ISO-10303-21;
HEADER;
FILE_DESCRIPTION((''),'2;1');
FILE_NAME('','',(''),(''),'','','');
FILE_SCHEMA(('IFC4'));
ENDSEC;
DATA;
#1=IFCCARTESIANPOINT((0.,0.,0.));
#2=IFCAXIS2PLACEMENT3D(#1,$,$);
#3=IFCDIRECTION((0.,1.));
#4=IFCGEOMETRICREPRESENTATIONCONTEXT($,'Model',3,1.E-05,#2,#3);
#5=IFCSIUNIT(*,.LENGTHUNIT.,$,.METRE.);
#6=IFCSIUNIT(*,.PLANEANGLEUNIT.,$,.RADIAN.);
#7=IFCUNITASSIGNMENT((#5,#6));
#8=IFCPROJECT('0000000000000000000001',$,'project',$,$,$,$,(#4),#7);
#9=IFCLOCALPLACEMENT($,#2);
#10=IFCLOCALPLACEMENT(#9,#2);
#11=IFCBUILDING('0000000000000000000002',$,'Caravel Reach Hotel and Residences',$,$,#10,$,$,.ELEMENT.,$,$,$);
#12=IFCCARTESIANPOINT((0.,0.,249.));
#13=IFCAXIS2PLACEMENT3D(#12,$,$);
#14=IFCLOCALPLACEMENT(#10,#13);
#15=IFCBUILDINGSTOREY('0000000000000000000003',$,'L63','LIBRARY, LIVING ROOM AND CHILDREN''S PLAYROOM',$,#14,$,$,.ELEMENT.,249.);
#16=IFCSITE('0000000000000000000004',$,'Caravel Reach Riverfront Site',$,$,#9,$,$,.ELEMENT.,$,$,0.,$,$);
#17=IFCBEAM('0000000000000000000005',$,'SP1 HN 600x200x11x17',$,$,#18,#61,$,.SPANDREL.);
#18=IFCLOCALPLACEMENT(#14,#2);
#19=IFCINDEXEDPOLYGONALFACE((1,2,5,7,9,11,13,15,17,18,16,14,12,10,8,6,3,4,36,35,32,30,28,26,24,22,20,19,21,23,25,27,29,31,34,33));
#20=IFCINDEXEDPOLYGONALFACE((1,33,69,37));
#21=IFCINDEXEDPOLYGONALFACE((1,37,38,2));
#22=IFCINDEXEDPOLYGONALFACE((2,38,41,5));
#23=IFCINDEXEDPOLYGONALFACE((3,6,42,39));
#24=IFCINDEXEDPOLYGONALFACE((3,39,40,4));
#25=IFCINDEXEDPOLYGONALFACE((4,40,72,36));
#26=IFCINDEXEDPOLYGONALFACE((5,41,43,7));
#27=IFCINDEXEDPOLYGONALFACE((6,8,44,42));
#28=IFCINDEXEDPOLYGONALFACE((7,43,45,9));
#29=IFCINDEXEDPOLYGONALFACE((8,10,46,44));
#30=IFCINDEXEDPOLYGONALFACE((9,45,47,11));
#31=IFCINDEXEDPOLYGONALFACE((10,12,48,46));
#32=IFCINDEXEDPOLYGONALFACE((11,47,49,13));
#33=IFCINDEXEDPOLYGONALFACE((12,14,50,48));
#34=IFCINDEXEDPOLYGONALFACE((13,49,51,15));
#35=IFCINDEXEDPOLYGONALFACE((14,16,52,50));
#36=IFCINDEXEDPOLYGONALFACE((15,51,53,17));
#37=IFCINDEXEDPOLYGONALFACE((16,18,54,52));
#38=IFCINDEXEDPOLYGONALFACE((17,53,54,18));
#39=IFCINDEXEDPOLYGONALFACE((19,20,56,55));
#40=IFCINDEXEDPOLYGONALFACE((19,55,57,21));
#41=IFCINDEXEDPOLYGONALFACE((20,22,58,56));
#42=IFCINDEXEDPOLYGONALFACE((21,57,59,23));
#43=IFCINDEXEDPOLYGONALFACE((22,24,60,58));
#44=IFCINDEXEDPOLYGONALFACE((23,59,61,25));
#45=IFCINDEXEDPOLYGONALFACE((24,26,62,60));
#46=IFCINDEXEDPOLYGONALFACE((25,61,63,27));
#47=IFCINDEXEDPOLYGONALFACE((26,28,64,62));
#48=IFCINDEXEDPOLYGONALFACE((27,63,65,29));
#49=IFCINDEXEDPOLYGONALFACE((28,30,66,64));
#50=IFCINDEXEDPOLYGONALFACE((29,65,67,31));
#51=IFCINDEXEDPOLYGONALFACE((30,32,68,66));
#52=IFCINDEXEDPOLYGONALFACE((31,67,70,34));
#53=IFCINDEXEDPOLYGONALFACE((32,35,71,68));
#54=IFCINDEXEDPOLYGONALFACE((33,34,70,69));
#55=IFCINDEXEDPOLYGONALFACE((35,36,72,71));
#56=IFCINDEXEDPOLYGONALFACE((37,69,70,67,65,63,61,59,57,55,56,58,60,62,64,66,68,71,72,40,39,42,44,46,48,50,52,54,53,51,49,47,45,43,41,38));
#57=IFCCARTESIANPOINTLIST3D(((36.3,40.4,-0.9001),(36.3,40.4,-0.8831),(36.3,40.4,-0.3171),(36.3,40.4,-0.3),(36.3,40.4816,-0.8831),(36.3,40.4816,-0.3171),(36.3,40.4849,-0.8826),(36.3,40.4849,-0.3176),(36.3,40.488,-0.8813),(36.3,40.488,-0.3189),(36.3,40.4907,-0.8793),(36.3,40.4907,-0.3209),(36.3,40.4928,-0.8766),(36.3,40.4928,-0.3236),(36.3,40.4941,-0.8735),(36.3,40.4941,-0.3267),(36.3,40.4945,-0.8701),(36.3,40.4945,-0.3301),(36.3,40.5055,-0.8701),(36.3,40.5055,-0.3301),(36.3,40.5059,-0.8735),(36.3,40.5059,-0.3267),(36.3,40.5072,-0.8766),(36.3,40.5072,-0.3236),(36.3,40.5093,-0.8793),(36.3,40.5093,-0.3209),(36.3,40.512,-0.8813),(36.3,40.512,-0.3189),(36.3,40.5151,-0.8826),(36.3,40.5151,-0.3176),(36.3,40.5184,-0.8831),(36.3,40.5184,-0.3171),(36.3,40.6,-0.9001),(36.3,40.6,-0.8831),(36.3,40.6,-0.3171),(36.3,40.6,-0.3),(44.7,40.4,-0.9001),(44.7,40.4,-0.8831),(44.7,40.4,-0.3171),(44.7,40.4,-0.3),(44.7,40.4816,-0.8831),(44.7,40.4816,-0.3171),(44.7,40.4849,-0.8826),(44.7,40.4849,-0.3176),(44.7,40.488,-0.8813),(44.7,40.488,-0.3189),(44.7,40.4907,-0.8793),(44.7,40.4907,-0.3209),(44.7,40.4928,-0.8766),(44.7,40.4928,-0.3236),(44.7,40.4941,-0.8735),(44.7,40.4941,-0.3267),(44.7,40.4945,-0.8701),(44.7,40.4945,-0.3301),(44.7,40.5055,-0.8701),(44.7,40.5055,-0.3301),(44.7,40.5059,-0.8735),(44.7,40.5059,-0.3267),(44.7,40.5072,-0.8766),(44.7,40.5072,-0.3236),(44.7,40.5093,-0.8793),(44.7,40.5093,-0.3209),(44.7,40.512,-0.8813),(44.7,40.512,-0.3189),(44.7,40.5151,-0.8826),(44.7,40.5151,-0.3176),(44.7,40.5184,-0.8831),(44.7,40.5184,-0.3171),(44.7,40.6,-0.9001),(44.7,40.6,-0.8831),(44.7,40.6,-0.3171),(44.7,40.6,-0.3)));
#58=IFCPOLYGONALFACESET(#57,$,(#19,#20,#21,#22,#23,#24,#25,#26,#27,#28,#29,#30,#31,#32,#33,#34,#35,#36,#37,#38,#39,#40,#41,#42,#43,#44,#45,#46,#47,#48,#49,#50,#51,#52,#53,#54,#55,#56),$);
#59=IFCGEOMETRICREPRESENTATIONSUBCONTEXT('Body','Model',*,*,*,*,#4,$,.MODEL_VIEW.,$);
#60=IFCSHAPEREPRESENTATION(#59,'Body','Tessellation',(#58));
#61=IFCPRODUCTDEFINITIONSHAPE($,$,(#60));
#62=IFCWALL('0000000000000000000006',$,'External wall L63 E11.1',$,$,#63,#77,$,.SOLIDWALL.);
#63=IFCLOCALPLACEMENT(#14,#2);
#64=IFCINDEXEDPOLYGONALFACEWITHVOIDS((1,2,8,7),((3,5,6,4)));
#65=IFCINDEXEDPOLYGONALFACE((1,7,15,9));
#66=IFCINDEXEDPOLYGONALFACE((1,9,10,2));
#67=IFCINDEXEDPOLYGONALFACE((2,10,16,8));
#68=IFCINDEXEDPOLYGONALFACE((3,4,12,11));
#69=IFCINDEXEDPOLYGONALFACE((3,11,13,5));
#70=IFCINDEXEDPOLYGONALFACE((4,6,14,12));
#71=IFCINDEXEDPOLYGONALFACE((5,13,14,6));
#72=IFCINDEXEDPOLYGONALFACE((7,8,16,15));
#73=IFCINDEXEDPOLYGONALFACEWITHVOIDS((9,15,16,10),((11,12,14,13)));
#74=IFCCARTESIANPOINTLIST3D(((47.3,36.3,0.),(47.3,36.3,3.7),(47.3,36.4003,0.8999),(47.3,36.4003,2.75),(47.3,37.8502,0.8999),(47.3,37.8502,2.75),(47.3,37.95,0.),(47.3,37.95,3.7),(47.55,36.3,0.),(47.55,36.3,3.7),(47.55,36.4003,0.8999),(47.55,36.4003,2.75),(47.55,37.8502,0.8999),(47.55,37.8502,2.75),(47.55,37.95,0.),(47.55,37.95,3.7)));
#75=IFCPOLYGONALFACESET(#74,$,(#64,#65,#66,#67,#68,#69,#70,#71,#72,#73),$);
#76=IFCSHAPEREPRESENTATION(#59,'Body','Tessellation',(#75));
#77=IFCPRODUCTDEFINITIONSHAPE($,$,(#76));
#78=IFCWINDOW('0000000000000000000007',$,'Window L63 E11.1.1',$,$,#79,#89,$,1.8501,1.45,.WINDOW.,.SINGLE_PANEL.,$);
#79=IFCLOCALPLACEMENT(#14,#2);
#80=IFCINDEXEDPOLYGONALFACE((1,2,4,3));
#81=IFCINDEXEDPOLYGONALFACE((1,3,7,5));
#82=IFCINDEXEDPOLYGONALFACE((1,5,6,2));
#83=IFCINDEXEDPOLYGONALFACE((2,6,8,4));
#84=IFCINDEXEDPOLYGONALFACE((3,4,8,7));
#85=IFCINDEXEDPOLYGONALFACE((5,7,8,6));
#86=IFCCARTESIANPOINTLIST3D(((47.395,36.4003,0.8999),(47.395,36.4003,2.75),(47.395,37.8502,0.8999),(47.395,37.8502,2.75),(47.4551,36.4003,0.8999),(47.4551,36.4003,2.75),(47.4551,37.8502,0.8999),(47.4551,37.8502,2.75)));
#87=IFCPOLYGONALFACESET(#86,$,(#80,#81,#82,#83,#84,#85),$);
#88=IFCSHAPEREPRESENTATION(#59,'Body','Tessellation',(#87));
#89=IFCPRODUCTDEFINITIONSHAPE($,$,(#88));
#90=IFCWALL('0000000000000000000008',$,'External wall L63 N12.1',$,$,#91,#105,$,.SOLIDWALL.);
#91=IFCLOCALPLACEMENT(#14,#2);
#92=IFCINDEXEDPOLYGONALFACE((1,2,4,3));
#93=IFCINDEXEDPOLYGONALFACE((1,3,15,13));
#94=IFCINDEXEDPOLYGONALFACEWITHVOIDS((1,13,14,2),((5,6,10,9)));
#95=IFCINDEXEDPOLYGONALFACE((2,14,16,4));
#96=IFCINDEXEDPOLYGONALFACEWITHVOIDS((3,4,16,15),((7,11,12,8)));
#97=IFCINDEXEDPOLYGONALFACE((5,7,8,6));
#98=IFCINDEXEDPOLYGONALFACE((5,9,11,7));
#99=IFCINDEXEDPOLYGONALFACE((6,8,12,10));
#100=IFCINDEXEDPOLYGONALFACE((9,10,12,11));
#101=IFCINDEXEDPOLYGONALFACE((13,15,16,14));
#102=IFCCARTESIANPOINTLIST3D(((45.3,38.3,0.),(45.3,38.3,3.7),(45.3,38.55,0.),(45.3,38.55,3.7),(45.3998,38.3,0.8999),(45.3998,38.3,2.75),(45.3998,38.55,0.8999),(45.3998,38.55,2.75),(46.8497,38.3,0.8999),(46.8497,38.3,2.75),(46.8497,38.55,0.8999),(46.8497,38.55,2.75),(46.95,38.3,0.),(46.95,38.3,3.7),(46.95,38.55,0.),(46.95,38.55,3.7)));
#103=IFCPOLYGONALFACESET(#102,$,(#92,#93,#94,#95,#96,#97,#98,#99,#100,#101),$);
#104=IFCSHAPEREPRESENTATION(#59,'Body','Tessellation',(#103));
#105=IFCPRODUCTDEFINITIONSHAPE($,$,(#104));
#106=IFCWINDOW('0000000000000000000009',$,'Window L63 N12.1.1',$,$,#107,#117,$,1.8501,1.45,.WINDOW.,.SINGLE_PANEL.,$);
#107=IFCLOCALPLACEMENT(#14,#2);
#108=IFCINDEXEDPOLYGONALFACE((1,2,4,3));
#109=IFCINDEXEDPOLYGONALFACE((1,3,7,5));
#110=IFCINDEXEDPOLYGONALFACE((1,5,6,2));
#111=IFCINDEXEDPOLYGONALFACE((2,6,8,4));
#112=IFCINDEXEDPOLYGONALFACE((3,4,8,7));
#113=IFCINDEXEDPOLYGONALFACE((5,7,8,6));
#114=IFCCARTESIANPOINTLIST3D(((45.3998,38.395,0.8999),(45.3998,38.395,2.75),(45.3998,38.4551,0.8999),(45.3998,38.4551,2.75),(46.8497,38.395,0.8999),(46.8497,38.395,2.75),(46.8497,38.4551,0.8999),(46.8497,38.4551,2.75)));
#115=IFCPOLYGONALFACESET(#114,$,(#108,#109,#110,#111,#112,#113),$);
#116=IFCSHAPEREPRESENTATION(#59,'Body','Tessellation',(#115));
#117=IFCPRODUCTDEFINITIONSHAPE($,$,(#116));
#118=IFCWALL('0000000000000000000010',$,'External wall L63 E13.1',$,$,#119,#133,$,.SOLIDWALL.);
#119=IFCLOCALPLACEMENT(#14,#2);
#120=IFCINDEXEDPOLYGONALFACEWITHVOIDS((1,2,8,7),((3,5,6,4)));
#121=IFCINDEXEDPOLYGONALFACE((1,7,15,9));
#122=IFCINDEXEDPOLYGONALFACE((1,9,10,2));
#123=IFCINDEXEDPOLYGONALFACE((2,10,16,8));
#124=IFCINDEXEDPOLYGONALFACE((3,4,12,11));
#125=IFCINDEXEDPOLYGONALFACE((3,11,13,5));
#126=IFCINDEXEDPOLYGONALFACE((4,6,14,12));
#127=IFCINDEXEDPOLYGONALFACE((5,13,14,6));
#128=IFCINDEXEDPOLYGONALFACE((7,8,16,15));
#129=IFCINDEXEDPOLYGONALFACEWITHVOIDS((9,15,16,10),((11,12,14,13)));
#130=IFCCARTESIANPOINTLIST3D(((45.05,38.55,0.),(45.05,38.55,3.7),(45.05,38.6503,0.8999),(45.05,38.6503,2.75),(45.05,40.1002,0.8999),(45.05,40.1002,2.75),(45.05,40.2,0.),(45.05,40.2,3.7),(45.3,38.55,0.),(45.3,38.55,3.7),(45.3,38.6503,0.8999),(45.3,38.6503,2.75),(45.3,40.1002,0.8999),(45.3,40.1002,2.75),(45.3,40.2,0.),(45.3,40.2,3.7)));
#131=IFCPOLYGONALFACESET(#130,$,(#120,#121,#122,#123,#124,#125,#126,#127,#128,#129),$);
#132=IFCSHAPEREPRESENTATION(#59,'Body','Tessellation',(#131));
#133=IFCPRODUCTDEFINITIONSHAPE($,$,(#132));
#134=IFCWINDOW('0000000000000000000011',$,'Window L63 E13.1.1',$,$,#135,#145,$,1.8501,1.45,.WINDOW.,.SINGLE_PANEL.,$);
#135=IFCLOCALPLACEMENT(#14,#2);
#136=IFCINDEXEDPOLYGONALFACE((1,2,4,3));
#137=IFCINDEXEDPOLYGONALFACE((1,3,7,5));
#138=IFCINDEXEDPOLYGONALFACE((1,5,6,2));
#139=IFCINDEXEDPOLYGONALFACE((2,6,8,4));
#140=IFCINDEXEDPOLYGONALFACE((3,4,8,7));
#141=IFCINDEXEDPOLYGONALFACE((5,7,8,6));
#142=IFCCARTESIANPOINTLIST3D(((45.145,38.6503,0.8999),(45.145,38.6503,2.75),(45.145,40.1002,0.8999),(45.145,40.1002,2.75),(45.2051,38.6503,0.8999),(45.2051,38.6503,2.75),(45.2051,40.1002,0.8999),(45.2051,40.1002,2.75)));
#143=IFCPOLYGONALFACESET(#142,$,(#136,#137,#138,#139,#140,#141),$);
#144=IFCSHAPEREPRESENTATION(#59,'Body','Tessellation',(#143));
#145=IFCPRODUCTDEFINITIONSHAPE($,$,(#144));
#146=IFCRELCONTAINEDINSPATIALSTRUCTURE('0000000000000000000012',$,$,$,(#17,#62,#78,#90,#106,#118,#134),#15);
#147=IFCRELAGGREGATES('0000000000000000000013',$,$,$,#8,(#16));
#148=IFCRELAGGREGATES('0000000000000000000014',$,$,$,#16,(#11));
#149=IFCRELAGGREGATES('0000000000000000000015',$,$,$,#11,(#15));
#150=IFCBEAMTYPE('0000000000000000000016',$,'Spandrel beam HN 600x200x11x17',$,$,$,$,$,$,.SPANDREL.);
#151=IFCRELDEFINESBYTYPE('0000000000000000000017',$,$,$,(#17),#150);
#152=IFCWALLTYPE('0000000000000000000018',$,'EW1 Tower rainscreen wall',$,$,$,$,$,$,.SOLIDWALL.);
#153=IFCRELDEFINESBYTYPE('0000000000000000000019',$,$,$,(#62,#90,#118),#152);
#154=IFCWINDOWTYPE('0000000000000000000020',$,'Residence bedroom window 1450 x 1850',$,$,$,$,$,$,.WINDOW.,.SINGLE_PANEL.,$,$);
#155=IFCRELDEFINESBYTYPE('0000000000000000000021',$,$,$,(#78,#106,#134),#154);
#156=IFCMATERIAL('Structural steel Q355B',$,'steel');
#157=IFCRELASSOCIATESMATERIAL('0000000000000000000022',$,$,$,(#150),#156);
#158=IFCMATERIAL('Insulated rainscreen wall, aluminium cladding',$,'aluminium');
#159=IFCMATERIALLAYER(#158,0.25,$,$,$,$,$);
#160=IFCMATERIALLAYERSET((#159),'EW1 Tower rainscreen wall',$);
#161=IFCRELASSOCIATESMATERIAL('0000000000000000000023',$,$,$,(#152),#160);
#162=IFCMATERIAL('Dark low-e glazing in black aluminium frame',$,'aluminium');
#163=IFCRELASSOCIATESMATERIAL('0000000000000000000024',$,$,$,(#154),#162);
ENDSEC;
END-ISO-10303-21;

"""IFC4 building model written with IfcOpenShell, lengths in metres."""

from ifc_helpers import new_model, si_unit, direction, frame, frame_2d, origin, origin_2d, place, context, subcontext, project, spatial, rectangle, i_section, extrude, material, layer, layer_set, material_profile, profile_set, type_object, element, fill, save


model = new_model("IFC4")

# Units and contexts
model_context = context("Model", 3, precision=1e-05, world=origin(), true_north=direction((0.0, 1.0)))
body_context = subcontext(model_context, "Body", "Model", "MODEL_VIEW")
ifc_project = project(units=[si_unit("LENGTHUNIT", "METRE"), si_unit("PLANEANGLEUNIT", "RADIAN")], contexts=[model_context])

# Site, building, storey
site_placement = place(None, origin())
site = spatial("IfcSite", under=ifc_project, at=site_placement, Name="Caravel Reach Riverfront Site", CompositionType="ELEMENT", RefElevation=0.0)
building_placement = place(site_placement, origin())
building = spatial("IfcBuilding", under=site, at=building_placement, Name="Caravel Reach Hotel and Residences", CompositionType="ELEMENT")
storey_placement = place(building_placement, frame((0.0, 0.0, 249.0)))
storey = spatial("IfcBuildingStorey", under=building, at=storey_placement, Name="L63", Description="LIBRARY, LIVING ROOM AND CHILDREN'S PLAYROOM", CompositionType="ELEMENT", Elevation=249.0)

# Beam
ifc_material_1 = material(Name="Structural steel Q355B", Category="steel")
ifc_material_profile_1 = material_profile(ifc_material_1, i_section(OverallWidth=0.2, OverallDepth=0.6001, WebThickness=0.011, FlangeThickness=0.0171, FilletRadius=0.0129, at=origin_2d()), Name="HN 600x200x11x17")
ifc_profile_set_1 = profile_set([ifc_material_profile_1], Name="Structural steel Q355B")
beam_type = type_object("IfcBeamType", Name="Spandrel beam HN 600x200x11x17", PredefinedType="SPANDREL", material=ifc_profile_set_1)
beam_placement = place(storey_placement, frame((44.7, 40.5, -0.6001), z_axis=(-1.0, 0.0, 0.0), x_axis=(0.0, -1.0, 0.0)))
element("IfcBeam", 1, at=beam_placement, inside=storey, type_object=beam_type, Name="SP1 HN 600x200x11x17", PredefinedType="SPANDREL", context=body_context, shape_type="SweptSolid", body=[
    extrude(i_section(OverallWidth=0.2, OverallDepth=0.6001, WebThickness=0.011, FlangeThickness=0.0171, FilletRadius=0.0129, at=origin_2d()), origin(), (0.0, 0.0, 1.0), 8.3999),
])

# Walls, openings, windows
ifc_material_2 = material(Name="Insulated rainscreen wall, aluminium cladding", Category="aluminium")
ifc_layer = layer(ifc_material_2, 0.25)
ifc_layer_set = layer_set([ifc_layer], Name="EW1 Tower rainscreen wall")
wall_type = type_object("IfcWallType", Name="EW1 Tower rainscreen wall", PredefinedType="SOLIDWALL", material=ifc_layer_set)
wall_1_placement = place(storey_placement, frame((47.425, 36.3, 0.0), z_axis=(0.0, 0.0, 1.0), x_axis=(0.0, 1.0, 0.0)))
wall_1 = element("IfcWall", 2, at=wall_1_placement, inside=storey, type_object=wall_type, Name="External wall L63 E11.1", PredefinedType="SOLIDWALL", context=body_context, shape_type="SweptSolid", body=[
    extrude(rectangle(XDim=1.6499, YDim=0.25, at=frame_2d((0.825, 0.0))), origin(), (0.0, 0.0, 1.0), 3.7),
])
opening_1_placement = place(wall_1_placement, frame((0.1001, 0.0, 0.8999)))
opening_1 = element("IfcOpeningElement", 3, at=opening_1_placement, cuts=wall_1, PredefinedType="OPENING", context=body_context, shape_type="SweptSolid", body=[
    extrude(rectangle(XDim=1.45, YDim=1.8501, at=frame_2d((0.7251, 0.925))), frame((0.0, 0.135, 0.0), z_axis=(0.0, -1.0, 0.0), x_axis=(1.0, 0.0, 0.0)), (0.0, 0.0, 1.0), 0.27),
])
ifc_material_3 = material(Name="Dark low-e glazing in black aluminium frame", Category="aluminium")
window_type_1 = type_object("IfcWindowType", Name="Residence bedroom window 1450 x 1850", PartitioningType="SINGLE_PANEL", PredefinedType="WINDOW", material=ifc_material_3)
window_1_placement = place(opening_1_placement, origin())
window_1 = element("IfcWindow", 4, at=window_1_placement, inside=storey, type_object=window_type_1, Name="Window L63 E11.1.1", OverallHeight=1.8501, OverallWidth=1.45, PartitioningType="SINGLE_PANEL", PredefinedType="WINDOW", context=body_context, shape_type="SweptSolid", body=[
    extrude(rectangle(XDim=1.45, YDim=1.8501, at=frame_2d((0.7251, 0.925))), frame((0.0, 0.03, 0.0), z_axis=(0.0, -1.0, 0.0), x_axis=(1.0, 0.0, 0.0)), (0.0, 0.0, 1.0), 0.0601),
])
fill(opening_1, window_1)
wall_2_placement = place(storey_placement, frame((46.95, 38.425, 0.0), z_axis=(0.0, 0.0, 1.0), x_axis=(-1.0, 0.0, 0.0)))
wall_2 = element("IfcWall", 5, at=wall_2_placement, inside=storey, type_object=wall_type, Name="External wall L63 N12.1", PredefinedType="SOLIDWALL", context=body_context, shape_type="SweptSolid", body=[
    extrude(rectangle(XDim=1.6499, YDim=0.25, at=frame_2d((0.825, 0.0))), origin(), (0.0, 0.0, 1.0), 3.7),
])
opening_2_placement = place(wall_2_placement, frame((0.1001, 0.0, 0.8999)))
opening_2 = element("IfcOpeningElement", 6, at=opening_2_placement, cuts=wall_2, PredefinedType="OPENING", context=body_context, shape_type="SweptSolid", body=[
    extrude(rectangle(XDim=1.45, YDim=1.8501, at=frame_2d((0.7251, 0.925))), frame((0.0, 0.135, 0.0), z_axis=(0.0, -1.0, 0.0), x_axis=(1.0, 0.0, 0.0)), (0.0, 0.0, 1.0), 0.27),
])
window_2_placement = place(opening_2_placement, origin())
window_2 = element("IfcWindow", 7, at=window_2_placement, inside=storey, type_object=window_type_1, Name="Window L63 N12.1.1", OverallHeight=1.8501, OverallWidth=1.45, PartitioningType="SINGLE_PANEL", PredefinedType="WINDOW", context=body_context, shape_type="SweptSolid", body=[
    extrude(rectangle(XDim=1.45, YDim=1.8501, at=frame_2d((0.7251, 0.925))), frame((0.0, 0.03, 0.0), z_axis=(0.0, -1.0, 0.0), x_axis=(1.0, 0.0, 0.0)), (0.0, 0.0, 1.0), 0.0601),
])
fill(opening_2, window_2)
wall_3_placement = place(storey_placement, frame((45.175, 38.55, 0.0), z_axis=(0.0, 0.0, 1.0), x_axis=(0.0, 1.0, 0.0)))
wall_3 = element("IfcWall", 8, at=wall_3_placement, inside=storey, type_object=wall_type, Name="External wall L63 E13.1", PredefinedType="SOLIDWALL", context=body_context, shape_type="SweptSolid", body=[
    extrude(rectangle(XDim=1.6499, YDim=0.25, at=frame_2d((0.825, 0.0))), origin(), (0.0, 0.0, 1.0), 3.7),
])
opening_3_placement = place(wall_3_placement, frame((0.1001, 0.0, 0.8999)))
opening_3 = element("IfcOpeningElement", 9, at=opening_3_placement, cuts=wall_3, PredefinedType="OPENING", context=body_context, shape_type="SweptSolid", body=[
    extrude(rectangle(XDim=1.45, YDim=1.8501, at=frame_2d((0.7251, 0.925))), frame((0.0, 0.135, 0.0), z_axis=(0.0, -1.0, 0.0), x_axis=(1.0, 0.0, 0.0)), (0.0, 0.0, 1.0), 0.27),
])
window_3_placement = place(opening_3_placement, origin())
window_3 = element("IfcWindow", 10, at=window_3_placement, inside=storey, type_object=window_type_1, Name="Window L63 E13.1.1", OverallHeight=1.8501, OverallWidth=1.45, PartitioningType="SINGLE_PANEL", PredefinedType="WINDOW", context=body_context, shape_type="SweptSolid", body=[
    extrude(rectangle(XDim=1.45, YDim=1.8501, at=frame_2d((0.7251, 0.925))), frame((0.0, 0.03, 0.0), z_axis=(0.0, -1.0, 0.0), x_axis=(1.0, 0.0, 0.0)), (0.0, 0.0, 1.0), 0.0601),
])
fill(opening_3, window_3)

save(model, "model.ifc")
